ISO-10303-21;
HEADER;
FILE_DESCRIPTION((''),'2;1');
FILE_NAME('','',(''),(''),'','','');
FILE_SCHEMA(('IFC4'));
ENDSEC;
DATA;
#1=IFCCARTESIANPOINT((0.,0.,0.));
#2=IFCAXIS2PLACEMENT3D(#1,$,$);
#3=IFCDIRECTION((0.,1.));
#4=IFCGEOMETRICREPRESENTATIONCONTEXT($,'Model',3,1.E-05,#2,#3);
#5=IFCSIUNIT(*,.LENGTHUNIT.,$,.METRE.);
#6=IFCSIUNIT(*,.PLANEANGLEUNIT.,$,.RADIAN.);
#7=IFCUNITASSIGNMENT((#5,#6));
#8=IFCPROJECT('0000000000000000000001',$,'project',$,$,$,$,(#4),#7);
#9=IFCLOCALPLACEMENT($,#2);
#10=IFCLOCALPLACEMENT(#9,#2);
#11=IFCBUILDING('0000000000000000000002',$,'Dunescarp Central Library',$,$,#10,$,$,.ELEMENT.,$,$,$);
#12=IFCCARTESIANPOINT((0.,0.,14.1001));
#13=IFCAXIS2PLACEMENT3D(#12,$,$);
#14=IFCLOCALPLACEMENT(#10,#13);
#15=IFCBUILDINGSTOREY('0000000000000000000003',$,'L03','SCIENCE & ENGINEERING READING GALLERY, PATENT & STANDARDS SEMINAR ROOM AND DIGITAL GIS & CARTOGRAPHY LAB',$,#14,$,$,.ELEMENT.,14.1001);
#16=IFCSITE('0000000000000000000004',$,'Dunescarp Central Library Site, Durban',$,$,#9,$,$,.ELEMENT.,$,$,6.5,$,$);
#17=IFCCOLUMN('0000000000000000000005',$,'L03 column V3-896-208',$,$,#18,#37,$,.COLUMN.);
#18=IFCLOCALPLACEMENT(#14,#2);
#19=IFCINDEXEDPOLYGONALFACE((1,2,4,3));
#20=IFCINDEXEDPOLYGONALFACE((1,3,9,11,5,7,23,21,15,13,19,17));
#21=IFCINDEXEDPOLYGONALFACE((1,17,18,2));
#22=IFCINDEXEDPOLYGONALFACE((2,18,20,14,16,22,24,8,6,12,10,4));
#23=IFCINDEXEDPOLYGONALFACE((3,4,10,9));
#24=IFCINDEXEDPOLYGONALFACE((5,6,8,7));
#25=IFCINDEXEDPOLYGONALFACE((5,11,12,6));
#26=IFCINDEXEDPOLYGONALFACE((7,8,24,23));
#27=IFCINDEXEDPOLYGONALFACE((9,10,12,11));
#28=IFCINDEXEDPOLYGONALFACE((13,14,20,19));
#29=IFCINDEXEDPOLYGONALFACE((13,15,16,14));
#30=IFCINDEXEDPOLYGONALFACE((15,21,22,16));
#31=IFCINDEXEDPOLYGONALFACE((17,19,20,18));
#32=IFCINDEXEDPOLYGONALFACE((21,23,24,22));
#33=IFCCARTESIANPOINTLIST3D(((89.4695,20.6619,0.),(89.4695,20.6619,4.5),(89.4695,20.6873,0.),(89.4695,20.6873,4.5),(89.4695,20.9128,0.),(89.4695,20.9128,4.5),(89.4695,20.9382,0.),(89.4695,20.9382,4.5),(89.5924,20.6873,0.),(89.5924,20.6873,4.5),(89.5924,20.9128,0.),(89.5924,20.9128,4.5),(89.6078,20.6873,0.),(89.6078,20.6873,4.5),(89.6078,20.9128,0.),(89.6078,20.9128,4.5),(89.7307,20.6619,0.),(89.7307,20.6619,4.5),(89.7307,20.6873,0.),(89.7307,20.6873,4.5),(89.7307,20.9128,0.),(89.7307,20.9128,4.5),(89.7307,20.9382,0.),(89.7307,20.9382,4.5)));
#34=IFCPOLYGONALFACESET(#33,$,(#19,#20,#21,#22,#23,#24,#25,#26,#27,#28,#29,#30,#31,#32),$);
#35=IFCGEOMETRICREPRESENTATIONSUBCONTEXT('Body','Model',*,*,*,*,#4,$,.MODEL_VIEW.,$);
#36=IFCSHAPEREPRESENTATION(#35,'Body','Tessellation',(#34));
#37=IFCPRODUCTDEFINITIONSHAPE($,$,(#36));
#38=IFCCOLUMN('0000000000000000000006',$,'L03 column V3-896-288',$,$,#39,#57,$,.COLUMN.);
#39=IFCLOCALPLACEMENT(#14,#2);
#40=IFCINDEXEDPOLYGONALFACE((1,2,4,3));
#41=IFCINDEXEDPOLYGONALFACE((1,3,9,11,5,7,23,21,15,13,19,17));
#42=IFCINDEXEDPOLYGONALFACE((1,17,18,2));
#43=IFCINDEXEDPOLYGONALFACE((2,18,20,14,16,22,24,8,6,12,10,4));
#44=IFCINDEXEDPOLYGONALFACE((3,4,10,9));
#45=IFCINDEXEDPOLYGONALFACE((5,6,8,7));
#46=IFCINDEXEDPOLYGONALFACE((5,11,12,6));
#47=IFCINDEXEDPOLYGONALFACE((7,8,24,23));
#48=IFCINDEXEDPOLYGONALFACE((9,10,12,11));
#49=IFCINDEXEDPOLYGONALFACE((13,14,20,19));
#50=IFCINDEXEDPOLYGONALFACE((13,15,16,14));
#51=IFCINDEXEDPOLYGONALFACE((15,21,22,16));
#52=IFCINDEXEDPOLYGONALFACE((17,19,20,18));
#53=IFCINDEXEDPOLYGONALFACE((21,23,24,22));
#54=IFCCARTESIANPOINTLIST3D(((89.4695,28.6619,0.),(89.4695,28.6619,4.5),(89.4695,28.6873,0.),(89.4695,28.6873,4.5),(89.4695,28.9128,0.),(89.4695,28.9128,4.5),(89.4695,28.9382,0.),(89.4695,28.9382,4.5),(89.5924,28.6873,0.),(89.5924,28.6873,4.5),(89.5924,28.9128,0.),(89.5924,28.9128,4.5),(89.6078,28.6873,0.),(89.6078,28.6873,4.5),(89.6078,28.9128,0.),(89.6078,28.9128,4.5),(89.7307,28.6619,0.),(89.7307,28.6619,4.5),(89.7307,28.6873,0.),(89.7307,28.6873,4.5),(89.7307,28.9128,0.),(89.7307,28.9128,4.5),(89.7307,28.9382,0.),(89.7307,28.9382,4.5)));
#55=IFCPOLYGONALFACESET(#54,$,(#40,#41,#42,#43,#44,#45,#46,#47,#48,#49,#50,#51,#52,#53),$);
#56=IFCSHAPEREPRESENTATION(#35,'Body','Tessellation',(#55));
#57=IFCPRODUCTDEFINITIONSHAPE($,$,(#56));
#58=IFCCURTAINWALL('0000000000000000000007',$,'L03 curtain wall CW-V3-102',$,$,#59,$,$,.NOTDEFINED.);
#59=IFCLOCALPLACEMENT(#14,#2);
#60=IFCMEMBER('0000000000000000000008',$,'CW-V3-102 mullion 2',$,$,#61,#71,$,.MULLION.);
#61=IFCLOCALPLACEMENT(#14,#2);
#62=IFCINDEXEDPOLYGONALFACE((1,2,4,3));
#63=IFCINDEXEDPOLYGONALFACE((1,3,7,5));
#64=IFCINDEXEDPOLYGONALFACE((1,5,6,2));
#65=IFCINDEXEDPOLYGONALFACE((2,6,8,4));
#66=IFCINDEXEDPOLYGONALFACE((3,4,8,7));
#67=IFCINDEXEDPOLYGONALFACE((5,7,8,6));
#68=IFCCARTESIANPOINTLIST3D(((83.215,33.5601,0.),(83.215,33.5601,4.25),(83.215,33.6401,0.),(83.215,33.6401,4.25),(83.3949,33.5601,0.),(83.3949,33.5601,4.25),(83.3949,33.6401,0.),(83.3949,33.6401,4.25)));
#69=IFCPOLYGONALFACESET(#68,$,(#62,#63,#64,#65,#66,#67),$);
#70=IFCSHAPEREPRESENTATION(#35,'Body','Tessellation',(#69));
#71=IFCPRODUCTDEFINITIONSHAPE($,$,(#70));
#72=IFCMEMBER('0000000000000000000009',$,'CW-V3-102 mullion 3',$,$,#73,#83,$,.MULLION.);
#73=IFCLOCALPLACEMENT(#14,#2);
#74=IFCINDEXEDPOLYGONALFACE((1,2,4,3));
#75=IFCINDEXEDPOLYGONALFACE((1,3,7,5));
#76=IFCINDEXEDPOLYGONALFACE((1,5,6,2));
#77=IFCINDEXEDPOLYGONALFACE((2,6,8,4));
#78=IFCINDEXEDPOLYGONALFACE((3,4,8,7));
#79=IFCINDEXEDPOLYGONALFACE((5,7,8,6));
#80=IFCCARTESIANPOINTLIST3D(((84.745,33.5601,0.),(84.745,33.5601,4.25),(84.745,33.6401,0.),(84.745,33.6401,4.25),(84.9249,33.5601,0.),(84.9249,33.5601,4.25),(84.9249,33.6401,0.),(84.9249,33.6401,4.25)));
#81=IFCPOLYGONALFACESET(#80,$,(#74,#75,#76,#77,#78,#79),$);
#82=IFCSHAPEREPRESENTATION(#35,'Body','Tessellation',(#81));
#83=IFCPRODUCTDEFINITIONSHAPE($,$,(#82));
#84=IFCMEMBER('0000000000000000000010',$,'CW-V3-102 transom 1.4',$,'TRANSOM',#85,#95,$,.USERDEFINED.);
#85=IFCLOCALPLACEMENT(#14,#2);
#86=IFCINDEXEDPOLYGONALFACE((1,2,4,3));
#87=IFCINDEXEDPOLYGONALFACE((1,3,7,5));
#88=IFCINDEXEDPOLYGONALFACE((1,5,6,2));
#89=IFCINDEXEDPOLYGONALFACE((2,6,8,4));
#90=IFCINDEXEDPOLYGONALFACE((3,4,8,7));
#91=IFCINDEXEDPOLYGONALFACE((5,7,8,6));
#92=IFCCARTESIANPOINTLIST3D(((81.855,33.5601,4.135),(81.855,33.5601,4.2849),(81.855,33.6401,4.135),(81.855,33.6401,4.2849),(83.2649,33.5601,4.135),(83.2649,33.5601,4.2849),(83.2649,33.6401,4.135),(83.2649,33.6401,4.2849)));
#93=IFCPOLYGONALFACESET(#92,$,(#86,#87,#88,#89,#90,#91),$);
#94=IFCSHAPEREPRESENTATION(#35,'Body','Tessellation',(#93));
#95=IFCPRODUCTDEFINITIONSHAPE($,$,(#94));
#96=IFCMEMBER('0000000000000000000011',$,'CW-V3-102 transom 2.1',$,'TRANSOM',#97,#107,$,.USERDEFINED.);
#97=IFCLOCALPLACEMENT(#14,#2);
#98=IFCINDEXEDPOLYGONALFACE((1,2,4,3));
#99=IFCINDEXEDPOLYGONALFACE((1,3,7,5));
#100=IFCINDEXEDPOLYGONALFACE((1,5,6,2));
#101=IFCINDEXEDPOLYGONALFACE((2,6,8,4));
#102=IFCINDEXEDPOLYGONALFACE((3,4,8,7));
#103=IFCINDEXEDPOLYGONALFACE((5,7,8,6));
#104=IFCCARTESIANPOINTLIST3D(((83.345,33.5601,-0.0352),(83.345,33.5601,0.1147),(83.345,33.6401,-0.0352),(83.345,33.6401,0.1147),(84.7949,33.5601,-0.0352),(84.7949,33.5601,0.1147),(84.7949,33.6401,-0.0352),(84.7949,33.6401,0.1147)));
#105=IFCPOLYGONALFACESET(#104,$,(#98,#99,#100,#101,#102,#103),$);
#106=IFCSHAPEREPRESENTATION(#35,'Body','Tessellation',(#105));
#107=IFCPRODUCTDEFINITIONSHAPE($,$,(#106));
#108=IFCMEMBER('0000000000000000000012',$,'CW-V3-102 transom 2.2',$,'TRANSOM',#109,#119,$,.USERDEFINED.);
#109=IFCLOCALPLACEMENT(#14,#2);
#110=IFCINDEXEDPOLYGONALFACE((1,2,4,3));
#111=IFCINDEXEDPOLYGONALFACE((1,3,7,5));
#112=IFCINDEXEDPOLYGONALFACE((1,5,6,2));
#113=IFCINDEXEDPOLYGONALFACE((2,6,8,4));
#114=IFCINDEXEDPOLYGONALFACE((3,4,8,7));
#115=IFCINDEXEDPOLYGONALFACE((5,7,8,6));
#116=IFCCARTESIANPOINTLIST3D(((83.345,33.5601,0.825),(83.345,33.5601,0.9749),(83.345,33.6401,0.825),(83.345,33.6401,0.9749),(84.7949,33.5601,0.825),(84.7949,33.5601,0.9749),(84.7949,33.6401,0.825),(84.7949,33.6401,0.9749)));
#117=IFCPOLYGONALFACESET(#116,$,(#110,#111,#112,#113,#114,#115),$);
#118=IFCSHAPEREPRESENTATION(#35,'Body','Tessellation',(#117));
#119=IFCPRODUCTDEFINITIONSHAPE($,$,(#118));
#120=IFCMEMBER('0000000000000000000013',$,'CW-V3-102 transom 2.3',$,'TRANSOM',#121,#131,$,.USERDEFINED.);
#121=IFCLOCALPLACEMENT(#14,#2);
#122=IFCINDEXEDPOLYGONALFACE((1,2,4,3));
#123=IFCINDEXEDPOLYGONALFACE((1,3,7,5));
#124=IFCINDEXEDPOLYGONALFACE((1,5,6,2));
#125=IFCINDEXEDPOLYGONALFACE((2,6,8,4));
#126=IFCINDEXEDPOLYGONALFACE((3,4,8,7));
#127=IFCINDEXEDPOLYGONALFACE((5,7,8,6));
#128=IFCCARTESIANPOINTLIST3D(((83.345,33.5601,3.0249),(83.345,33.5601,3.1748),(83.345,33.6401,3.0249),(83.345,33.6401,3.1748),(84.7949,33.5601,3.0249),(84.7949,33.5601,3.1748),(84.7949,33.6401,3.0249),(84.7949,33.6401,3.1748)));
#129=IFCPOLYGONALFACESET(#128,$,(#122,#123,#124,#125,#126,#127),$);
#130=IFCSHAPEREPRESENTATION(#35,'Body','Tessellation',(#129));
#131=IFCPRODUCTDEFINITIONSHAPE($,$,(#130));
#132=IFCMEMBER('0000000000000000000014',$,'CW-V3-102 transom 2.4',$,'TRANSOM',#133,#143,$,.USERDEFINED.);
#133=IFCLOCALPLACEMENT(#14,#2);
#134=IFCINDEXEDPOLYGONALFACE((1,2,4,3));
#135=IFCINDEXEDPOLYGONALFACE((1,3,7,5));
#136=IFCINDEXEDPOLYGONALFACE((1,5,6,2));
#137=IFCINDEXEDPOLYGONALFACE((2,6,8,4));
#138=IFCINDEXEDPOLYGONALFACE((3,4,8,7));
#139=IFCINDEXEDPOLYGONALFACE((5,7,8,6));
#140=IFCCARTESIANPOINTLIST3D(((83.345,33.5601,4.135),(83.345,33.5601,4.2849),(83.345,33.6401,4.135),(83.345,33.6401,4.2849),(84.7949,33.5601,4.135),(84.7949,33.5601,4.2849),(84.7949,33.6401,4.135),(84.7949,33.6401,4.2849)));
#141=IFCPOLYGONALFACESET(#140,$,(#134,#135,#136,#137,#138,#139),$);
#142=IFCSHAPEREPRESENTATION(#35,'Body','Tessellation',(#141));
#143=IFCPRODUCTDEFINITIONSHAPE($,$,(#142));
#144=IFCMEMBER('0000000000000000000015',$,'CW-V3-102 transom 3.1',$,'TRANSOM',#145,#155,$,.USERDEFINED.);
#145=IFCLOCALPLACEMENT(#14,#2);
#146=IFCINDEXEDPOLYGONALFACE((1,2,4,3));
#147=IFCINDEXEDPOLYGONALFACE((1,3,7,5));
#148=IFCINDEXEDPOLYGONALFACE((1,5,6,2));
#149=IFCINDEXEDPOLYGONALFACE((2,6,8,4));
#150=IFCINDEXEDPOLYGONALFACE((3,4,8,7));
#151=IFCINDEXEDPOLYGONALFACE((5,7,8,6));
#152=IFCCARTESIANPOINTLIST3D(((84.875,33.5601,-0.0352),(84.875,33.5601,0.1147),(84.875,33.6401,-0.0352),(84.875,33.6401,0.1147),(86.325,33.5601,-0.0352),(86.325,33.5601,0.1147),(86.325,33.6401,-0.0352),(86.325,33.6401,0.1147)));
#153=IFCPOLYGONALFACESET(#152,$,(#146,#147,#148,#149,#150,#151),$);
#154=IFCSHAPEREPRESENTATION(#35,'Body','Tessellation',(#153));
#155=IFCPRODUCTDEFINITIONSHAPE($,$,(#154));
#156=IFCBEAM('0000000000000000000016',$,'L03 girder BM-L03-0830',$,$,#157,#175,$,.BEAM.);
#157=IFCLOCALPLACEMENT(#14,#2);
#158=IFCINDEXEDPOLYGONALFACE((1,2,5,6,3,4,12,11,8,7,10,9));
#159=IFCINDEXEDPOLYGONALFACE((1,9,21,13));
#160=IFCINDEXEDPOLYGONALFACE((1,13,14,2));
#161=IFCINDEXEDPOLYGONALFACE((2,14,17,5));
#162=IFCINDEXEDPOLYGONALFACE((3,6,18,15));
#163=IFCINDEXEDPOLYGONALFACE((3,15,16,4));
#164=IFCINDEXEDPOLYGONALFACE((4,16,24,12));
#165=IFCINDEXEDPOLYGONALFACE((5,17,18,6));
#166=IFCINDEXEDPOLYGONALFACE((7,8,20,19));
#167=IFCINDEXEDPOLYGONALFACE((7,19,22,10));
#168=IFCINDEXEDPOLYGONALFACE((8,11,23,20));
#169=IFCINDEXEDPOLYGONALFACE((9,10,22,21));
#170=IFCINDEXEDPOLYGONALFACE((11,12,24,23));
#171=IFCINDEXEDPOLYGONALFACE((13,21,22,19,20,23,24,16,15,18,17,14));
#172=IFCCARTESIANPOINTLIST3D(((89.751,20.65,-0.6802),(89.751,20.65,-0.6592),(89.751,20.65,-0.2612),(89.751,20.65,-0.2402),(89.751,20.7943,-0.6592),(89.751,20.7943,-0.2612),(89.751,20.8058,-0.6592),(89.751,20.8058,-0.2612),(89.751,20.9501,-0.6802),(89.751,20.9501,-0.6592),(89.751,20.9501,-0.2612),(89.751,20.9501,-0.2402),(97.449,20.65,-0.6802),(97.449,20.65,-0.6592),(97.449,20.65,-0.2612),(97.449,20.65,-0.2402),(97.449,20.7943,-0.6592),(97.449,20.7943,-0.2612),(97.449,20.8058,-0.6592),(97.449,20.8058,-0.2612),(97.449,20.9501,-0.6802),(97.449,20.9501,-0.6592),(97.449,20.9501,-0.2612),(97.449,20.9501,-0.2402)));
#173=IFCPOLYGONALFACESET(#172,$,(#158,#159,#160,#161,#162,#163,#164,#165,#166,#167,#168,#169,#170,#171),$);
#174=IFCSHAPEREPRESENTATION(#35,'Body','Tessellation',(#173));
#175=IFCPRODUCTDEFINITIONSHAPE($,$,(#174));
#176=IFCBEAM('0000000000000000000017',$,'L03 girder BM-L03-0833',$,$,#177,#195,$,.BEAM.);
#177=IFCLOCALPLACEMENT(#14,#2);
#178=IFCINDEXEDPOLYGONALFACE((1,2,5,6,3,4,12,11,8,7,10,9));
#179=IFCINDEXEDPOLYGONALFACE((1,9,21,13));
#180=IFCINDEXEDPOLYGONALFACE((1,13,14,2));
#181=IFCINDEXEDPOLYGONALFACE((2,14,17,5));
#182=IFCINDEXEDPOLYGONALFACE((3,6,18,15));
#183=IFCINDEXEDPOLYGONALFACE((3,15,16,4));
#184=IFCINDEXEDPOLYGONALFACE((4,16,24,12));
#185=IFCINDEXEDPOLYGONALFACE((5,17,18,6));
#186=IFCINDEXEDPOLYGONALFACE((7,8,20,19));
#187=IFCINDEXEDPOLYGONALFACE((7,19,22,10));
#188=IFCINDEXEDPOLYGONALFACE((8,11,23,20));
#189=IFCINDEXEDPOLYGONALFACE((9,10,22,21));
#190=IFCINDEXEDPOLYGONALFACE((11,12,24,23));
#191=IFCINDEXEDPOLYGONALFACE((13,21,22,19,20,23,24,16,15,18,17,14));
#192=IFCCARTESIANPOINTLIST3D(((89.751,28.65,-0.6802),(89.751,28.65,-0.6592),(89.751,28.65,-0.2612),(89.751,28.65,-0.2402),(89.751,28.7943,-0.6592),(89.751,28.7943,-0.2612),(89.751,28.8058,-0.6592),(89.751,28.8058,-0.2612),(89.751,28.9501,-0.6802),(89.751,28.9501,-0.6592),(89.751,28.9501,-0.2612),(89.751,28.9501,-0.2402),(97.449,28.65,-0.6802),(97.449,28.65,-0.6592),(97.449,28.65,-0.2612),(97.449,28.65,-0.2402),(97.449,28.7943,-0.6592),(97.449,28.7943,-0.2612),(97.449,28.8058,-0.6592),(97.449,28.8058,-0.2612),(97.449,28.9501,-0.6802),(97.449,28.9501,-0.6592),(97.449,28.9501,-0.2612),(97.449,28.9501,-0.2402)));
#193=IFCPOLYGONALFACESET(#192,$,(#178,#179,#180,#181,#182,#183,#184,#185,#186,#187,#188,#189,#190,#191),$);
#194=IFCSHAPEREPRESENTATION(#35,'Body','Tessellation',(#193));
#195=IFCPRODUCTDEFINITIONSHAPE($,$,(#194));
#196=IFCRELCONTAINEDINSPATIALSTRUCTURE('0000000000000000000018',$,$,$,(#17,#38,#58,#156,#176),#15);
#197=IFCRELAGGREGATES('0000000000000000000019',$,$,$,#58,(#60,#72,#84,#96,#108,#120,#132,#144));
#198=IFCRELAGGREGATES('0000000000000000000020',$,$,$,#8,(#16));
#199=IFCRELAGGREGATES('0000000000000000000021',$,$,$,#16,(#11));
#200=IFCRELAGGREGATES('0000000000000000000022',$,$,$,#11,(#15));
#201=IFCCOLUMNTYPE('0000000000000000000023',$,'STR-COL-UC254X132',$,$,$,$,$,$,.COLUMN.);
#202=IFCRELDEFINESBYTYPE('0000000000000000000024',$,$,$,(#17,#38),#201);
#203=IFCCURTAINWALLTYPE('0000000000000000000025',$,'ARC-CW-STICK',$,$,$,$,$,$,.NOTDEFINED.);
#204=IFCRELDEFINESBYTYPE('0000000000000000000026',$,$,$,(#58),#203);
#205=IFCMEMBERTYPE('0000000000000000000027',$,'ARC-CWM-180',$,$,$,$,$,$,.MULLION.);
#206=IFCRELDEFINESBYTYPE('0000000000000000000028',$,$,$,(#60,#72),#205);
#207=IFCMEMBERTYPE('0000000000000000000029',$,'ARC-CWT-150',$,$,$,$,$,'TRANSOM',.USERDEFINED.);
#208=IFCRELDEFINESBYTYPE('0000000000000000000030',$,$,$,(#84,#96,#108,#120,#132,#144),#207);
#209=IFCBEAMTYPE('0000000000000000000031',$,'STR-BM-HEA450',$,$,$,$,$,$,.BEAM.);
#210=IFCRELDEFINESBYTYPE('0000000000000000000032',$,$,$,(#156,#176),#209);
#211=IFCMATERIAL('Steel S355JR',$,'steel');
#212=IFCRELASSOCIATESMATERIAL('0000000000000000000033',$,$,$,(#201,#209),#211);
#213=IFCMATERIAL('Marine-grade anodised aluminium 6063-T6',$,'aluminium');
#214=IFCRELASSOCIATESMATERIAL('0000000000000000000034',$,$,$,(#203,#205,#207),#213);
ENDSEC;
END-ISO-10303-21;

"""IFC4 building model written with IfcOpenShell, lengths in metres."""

from ifc_helpers import new_model, si_unit, direction, frame, origin, origin_2d, place, context, subcontext, project, spatial, rectangle, i_section, extrude, material, material_profile, profile_set, type_object, element, aggregate, save


model = new_model("IFC4")

# Units and contexts
model_context = context("Model", 3, precision=1e-05, world=origin(), true_north=direction((0.0, 1.0)))
body_context = subcontext(model_context, "Body", "Model", "MODEL_VIEW")
ifc_project = project(units=[si_unit("LENGTHUNIT", "METRE"), si_unit("PLANEANGLEUNIT", "RADIAN")], contexts=[model_context])

# Site, building, storey
site_placement = place(None, origin())
site = spatial("IfcSite", under=ifc_project, at=site_placement, Name="Dunescarp Central Library Site, Durban", CompositionType="ELEMENT", RefElevation=6.5)
building_placement = place(site_placement, origin())
building = spatial("IfcBuilding", under=site, at=building_placement, Name="Dunescarp Central Library", CompositionType="ELEMENT")
storey_placement = place(building_placement, frame((0.0, 0.0, 14.1001)))
storey = spatial("IfcBuildingStorey", under=building, at=storey_placement, Name="L03", Description="SCIENCE & ENGINEERING READING GALLERY, PATENT & STANDARDS SEMINAR ROOM AND DIGITAL GIS & CARTOGRAPHY LAB", CompositionType="ELEMENT", Elevation=14.1001)

# Columns
ifc_material_1 = material(Name="Steel S355JR", Category="steel")
ifc_material_profile_1 = material_profile(ifc_material_1, i_section(OverallWidth=0.2612, OverallDepth=0.2764, WebThickness=0.0154, FlangeThickness=0.0254, at=origin_2d()), Name="UC 254x254x132")
ifc_profile_set_1 = profile_set([ifc_material_profile_1], Name="Steel S355JR")
column_type = type_object("IfcColumnType", Name="STR-COL-UC254X132", PredefinedType="COLUMN", material=ifc_profile_set_1)
for number, where, z_axis, x_axis, name in (
    (1, (89.6001, 20.8, 0.0), (0.0, 0.0, 1.0), (1.0, 0.0, 0.0), "L03 column V3-896-208"),
    (2, (89.6001, 28.8, 0.0), (0.0, 0.0, 1.0), (1.0, 0.0, 0.0), "L03 column V3-896-288"),
):
    element("IfcColumn", number, at=place(storey_placement, frame(where, z_axis=z_axis, x_axis=x_axis)), inside=storey, type_object=column_type, Name=name, PredefinedType="COLUMN", context=body_context, shape_type="SweptSolid", body=[
        extrude(i_section(OverallWidth=0.2612, OverallDepth=0.2764, WebThickness=0.0154, FlangeThickness=0.0254, at=origin_2d()), origin(), (0.0, 0.0, 1.0), 4.5),
    ])

# Curtain wall, members
ifc_material_2 = material(Name="Marine-grade anodised aluminium 6063-T6", Category="aluminium")
curtain_wall_type = type_object("IfcCurtainWallType", Name="ARC-CW-STICK", PredefinedType="NOTDEFINED", material=ifc_material_2)
curtain_wall_placement = place(storey_placement, origin())
curtain_wall = element("IfcCurtainWall", 3, at=curtain_wall_placement, inside=storey, type_object=curtain_wall_type, Name="L03 curtain wall CW-V3-102", PredefinedType="NOTDEFINED")
ifc_material_profile_2 = material_profile(ifc_material_2, rectangle(XDim=0.0801, YDim=0.1799, at=origin_2d()), Name="AL 80x180")
ifc_profile_set_2 = profile_set([ifc_material_profile_2], Name="Marine-grade anodised aluminium 6063-T6")
member_type_1 = type_object("IfcMemberType", Name="ARC-CWM-180", PredefinedType="MULLION", material=ifc_profile_set_2)
member_1_placement = place(storey_placement, frame((83.3049, 33.6001, 0.0), z_axis=(0.0, 0.0, 1.0), x_axis=(0.0, 1.0, 0.0)))
member_1 = element("IfcMember", 4, at=member_1_placement, type_object=member_type_1, Name="CW-V3-102 mullion 2", PredefinedType="MULLION", context=body_context, shape_type="SweptSolid", body=[
    extrude(rectangle(XDim=0.0801, YDim=0.1799, at=origin_2d()), origin(), (0.0, 0.0, 1.0), 4.25),
])
member_2_placement = place(storey_placement, frame((84.835, 33.6001, 0.0), z_axis=(0.0, 0.0, 1.0), x_axis=(0.0, 1.0, 0.0)))
member_2 = element("IfcMember", 5, at=member_2_placement, type_object=member_type_1, Name="CW-V3-102 mullion 3", PredefinedType="MULLION", context=body_context, shape_type="SweptSolid", body=[
    extrude(rectangle(XDim=0.0801, YDim=0.1799, at=origin_2d()), origin(), (0.0, 0.0, 1.0), 4.25),
])
ifc_material_profile_3 = material_profile(ifc_material_2, rectangle(XDim=0.0801, YDim=0.1499, at=origin_2d()), Name="AL 80x150")
ifc_profile_set_3 = profile_set([ifc_material_profile_3], Name="Marine-grade anodised aluminium 6063-T6")
member_type_2 = type_object("IfcMemberType", Name="ARC-CWT-150", ElementType="TRANSOM", PredefinedType="USERDEFINED", material=ifc_profile_set_3)
member_3_placement = place(storey_placement, frame((81.855, 33.6001, 4.21), z_axis=(1.0, 0.0, 0.0), x_axis=(0.0, 1.0, 0.0)))
member_3 = element("IfcMember", 6, at=member_3_placement, type_object=member_type_2, Name="CW-V3-102 transom 1.4", ObjectType="TRANSOM", PredefinedType="USERDEFINED", context=body_context, shape_type="SweptSolid", body=[
    extrude(rectangle(XDim=0.0801, YDim=0.1499, at=origin_2d()), origin(), (0.0, 0.0, 1.0), 1.4099),
])
member_4_placement = place(storey_placement, frame((83.345, 33.6001, 0.0398), z_axis=(1.0, 0.0, 0.0), x_axis=(0.0, 1.0, 0.0)))
member_4 = element("IfcMember", 7, at=member_4_placement, type_object=member_type_2, Name="CW-V3-102 transom 2.1", ObjectType="TRANSOM", PredefinedType="USERDEFINED", context=body_context, shape_type="SweptSolid", body=[
    extrude(rectangle(XDim=0.0801, YDim=0.1499, at=origin_2d()), origin(), (0.0, 0.0, 1.0), 1.45),
])
member_5_placement = place(storey_placement, frame((83.345, 33.6001, 0.8999), z_axis=(1.0, 0.0, 0.0), x_axis=(0.0, 1.0, 0.0)))
member_5 = element("IfcMember", 8, at=member_5_placement, type_object=member_type_2, Name="CW-V3-102 transom 2.2", ObjectType="TRANSOM", PredefinedType="USERDEFINED", context=body_context, shape_type="SweptSolid", body=[
    extrude(rectangle(XDim=0.0801, YDim=0.1499, at=origin_2d()), origin(), (0.0, 0.0, 1.0), 1.45),
])
member_6_placement = place(storey_placement, frame((83.345, 33.6001, 3.0999), z_axis=(1.0, 0.0, 0.0), x_axis=(0.0, 1.0, 0.0)))
member_6 = element("IfcMember", 9, at=member_6_placement, type_object=member_type_2, Name="CW-V3-102 transom 2.3", ObjectType="TRANSOM", PredefinedType="USERDEFINED", context=body_context, shape_type="SweptSolid", body=[
    extrude(rectangle(XDim=0.0801, YDim=0.1499, at=origin_2d()), origin(), (0.0, 0.0, 1.0), 1.45),
])
member_7_placement = place(storey_placement, frame((83.345, 33.6001, 4.21), z_axis=(1.0, 0.0, 0.0), x_axis=(0.0, 1.0, 0.0)))
member_7 = element("IfcMember", 10, at=member_7_placement, type_object=member_type_2, Name="CW-V3-102 transom 2.4", ObjectType="TRANSOM", PredefinedType="USERDEFINED", context=body_context, shape_type="SweptSolid", body=[
    extrude(rectangle(XDim=0.0801, YDim=0.1499, at=origin_2d()), origin(), (0.0, 0.0, 1.0), 1.45),
])
member_8_placement = place(storey_placement, frame((84.875, 33.6001, 0.0398), z_axis=(1.0, 0.0, 0.0), x_axis=(0.0, 1.0, 0.0)))
member_8 = element("IfcMember", 11, at=member_8_placement, type_object=member_type_2, Name="CW-V3-102 transom 3.1", ObjectType="TRANSOM", PredefinedType="USERDEFINED", context=body_context, shape_type="SweptSolid", body=[
    extrude(rectangle(XDim=0.0801, YDim=0.1499, at=origin_2d()), origin(), (0.0, 0.0, 1.0), 1.45),
])

# Beams
ifc_material_profile_4 = material_profile(ifc_material_1, i_section(OverallWidth=0.3, OverallDepth=0.4399, WebThickness=0.0115, FlangeThickness=0.021, at=origin_2d()), Name="HEA 450")
ifc_profile_set_4 = profile_set([ifc_material_profile_4], Name="Steel S355JR")
beam_type_1 = type_object("IfcBeamType", Name="STR-BM-HEA450", PredefinedType="BEAM", material=ifc_profile_set_4)
for number, where, z_axis, x_axis, name in (
    (12, (89.751, 20.8, -0.4602), (1.0, 0.0, 0.0), (0.0, 1.0, 0.0), "L03 girder BM-L03-0830"),
    (13, (89.751, 28.8, -0.4602), (1.0, 0.0, 0.0), (0.0, 1.0, 0.0), "L03 girder BM-L03-0833"),
):
    element("IfcBeam", number, at=place(storey_placement, frame(where, z_axis=z_axis, x_axis=x_axis)), inside=storey, type_object=beam_type_1, Name=name, PredefinedType="BEAM", context=body_context, shape_type="SweptSolid", body=[
        extrude(i_section(OverallWidth=0.3, OverallDepth=0.4399, WebThickness=0.0115, FlangeThickness=0.021, at=origin_2d()), origin(), (0.0, 0.0, 1.0), 7.698),
    ])

aggregate(curtain_wall, [member_1, member_2, member_3, member_4, member_5, member_6, member_7, member_8])

save(model, "model.ifc")
